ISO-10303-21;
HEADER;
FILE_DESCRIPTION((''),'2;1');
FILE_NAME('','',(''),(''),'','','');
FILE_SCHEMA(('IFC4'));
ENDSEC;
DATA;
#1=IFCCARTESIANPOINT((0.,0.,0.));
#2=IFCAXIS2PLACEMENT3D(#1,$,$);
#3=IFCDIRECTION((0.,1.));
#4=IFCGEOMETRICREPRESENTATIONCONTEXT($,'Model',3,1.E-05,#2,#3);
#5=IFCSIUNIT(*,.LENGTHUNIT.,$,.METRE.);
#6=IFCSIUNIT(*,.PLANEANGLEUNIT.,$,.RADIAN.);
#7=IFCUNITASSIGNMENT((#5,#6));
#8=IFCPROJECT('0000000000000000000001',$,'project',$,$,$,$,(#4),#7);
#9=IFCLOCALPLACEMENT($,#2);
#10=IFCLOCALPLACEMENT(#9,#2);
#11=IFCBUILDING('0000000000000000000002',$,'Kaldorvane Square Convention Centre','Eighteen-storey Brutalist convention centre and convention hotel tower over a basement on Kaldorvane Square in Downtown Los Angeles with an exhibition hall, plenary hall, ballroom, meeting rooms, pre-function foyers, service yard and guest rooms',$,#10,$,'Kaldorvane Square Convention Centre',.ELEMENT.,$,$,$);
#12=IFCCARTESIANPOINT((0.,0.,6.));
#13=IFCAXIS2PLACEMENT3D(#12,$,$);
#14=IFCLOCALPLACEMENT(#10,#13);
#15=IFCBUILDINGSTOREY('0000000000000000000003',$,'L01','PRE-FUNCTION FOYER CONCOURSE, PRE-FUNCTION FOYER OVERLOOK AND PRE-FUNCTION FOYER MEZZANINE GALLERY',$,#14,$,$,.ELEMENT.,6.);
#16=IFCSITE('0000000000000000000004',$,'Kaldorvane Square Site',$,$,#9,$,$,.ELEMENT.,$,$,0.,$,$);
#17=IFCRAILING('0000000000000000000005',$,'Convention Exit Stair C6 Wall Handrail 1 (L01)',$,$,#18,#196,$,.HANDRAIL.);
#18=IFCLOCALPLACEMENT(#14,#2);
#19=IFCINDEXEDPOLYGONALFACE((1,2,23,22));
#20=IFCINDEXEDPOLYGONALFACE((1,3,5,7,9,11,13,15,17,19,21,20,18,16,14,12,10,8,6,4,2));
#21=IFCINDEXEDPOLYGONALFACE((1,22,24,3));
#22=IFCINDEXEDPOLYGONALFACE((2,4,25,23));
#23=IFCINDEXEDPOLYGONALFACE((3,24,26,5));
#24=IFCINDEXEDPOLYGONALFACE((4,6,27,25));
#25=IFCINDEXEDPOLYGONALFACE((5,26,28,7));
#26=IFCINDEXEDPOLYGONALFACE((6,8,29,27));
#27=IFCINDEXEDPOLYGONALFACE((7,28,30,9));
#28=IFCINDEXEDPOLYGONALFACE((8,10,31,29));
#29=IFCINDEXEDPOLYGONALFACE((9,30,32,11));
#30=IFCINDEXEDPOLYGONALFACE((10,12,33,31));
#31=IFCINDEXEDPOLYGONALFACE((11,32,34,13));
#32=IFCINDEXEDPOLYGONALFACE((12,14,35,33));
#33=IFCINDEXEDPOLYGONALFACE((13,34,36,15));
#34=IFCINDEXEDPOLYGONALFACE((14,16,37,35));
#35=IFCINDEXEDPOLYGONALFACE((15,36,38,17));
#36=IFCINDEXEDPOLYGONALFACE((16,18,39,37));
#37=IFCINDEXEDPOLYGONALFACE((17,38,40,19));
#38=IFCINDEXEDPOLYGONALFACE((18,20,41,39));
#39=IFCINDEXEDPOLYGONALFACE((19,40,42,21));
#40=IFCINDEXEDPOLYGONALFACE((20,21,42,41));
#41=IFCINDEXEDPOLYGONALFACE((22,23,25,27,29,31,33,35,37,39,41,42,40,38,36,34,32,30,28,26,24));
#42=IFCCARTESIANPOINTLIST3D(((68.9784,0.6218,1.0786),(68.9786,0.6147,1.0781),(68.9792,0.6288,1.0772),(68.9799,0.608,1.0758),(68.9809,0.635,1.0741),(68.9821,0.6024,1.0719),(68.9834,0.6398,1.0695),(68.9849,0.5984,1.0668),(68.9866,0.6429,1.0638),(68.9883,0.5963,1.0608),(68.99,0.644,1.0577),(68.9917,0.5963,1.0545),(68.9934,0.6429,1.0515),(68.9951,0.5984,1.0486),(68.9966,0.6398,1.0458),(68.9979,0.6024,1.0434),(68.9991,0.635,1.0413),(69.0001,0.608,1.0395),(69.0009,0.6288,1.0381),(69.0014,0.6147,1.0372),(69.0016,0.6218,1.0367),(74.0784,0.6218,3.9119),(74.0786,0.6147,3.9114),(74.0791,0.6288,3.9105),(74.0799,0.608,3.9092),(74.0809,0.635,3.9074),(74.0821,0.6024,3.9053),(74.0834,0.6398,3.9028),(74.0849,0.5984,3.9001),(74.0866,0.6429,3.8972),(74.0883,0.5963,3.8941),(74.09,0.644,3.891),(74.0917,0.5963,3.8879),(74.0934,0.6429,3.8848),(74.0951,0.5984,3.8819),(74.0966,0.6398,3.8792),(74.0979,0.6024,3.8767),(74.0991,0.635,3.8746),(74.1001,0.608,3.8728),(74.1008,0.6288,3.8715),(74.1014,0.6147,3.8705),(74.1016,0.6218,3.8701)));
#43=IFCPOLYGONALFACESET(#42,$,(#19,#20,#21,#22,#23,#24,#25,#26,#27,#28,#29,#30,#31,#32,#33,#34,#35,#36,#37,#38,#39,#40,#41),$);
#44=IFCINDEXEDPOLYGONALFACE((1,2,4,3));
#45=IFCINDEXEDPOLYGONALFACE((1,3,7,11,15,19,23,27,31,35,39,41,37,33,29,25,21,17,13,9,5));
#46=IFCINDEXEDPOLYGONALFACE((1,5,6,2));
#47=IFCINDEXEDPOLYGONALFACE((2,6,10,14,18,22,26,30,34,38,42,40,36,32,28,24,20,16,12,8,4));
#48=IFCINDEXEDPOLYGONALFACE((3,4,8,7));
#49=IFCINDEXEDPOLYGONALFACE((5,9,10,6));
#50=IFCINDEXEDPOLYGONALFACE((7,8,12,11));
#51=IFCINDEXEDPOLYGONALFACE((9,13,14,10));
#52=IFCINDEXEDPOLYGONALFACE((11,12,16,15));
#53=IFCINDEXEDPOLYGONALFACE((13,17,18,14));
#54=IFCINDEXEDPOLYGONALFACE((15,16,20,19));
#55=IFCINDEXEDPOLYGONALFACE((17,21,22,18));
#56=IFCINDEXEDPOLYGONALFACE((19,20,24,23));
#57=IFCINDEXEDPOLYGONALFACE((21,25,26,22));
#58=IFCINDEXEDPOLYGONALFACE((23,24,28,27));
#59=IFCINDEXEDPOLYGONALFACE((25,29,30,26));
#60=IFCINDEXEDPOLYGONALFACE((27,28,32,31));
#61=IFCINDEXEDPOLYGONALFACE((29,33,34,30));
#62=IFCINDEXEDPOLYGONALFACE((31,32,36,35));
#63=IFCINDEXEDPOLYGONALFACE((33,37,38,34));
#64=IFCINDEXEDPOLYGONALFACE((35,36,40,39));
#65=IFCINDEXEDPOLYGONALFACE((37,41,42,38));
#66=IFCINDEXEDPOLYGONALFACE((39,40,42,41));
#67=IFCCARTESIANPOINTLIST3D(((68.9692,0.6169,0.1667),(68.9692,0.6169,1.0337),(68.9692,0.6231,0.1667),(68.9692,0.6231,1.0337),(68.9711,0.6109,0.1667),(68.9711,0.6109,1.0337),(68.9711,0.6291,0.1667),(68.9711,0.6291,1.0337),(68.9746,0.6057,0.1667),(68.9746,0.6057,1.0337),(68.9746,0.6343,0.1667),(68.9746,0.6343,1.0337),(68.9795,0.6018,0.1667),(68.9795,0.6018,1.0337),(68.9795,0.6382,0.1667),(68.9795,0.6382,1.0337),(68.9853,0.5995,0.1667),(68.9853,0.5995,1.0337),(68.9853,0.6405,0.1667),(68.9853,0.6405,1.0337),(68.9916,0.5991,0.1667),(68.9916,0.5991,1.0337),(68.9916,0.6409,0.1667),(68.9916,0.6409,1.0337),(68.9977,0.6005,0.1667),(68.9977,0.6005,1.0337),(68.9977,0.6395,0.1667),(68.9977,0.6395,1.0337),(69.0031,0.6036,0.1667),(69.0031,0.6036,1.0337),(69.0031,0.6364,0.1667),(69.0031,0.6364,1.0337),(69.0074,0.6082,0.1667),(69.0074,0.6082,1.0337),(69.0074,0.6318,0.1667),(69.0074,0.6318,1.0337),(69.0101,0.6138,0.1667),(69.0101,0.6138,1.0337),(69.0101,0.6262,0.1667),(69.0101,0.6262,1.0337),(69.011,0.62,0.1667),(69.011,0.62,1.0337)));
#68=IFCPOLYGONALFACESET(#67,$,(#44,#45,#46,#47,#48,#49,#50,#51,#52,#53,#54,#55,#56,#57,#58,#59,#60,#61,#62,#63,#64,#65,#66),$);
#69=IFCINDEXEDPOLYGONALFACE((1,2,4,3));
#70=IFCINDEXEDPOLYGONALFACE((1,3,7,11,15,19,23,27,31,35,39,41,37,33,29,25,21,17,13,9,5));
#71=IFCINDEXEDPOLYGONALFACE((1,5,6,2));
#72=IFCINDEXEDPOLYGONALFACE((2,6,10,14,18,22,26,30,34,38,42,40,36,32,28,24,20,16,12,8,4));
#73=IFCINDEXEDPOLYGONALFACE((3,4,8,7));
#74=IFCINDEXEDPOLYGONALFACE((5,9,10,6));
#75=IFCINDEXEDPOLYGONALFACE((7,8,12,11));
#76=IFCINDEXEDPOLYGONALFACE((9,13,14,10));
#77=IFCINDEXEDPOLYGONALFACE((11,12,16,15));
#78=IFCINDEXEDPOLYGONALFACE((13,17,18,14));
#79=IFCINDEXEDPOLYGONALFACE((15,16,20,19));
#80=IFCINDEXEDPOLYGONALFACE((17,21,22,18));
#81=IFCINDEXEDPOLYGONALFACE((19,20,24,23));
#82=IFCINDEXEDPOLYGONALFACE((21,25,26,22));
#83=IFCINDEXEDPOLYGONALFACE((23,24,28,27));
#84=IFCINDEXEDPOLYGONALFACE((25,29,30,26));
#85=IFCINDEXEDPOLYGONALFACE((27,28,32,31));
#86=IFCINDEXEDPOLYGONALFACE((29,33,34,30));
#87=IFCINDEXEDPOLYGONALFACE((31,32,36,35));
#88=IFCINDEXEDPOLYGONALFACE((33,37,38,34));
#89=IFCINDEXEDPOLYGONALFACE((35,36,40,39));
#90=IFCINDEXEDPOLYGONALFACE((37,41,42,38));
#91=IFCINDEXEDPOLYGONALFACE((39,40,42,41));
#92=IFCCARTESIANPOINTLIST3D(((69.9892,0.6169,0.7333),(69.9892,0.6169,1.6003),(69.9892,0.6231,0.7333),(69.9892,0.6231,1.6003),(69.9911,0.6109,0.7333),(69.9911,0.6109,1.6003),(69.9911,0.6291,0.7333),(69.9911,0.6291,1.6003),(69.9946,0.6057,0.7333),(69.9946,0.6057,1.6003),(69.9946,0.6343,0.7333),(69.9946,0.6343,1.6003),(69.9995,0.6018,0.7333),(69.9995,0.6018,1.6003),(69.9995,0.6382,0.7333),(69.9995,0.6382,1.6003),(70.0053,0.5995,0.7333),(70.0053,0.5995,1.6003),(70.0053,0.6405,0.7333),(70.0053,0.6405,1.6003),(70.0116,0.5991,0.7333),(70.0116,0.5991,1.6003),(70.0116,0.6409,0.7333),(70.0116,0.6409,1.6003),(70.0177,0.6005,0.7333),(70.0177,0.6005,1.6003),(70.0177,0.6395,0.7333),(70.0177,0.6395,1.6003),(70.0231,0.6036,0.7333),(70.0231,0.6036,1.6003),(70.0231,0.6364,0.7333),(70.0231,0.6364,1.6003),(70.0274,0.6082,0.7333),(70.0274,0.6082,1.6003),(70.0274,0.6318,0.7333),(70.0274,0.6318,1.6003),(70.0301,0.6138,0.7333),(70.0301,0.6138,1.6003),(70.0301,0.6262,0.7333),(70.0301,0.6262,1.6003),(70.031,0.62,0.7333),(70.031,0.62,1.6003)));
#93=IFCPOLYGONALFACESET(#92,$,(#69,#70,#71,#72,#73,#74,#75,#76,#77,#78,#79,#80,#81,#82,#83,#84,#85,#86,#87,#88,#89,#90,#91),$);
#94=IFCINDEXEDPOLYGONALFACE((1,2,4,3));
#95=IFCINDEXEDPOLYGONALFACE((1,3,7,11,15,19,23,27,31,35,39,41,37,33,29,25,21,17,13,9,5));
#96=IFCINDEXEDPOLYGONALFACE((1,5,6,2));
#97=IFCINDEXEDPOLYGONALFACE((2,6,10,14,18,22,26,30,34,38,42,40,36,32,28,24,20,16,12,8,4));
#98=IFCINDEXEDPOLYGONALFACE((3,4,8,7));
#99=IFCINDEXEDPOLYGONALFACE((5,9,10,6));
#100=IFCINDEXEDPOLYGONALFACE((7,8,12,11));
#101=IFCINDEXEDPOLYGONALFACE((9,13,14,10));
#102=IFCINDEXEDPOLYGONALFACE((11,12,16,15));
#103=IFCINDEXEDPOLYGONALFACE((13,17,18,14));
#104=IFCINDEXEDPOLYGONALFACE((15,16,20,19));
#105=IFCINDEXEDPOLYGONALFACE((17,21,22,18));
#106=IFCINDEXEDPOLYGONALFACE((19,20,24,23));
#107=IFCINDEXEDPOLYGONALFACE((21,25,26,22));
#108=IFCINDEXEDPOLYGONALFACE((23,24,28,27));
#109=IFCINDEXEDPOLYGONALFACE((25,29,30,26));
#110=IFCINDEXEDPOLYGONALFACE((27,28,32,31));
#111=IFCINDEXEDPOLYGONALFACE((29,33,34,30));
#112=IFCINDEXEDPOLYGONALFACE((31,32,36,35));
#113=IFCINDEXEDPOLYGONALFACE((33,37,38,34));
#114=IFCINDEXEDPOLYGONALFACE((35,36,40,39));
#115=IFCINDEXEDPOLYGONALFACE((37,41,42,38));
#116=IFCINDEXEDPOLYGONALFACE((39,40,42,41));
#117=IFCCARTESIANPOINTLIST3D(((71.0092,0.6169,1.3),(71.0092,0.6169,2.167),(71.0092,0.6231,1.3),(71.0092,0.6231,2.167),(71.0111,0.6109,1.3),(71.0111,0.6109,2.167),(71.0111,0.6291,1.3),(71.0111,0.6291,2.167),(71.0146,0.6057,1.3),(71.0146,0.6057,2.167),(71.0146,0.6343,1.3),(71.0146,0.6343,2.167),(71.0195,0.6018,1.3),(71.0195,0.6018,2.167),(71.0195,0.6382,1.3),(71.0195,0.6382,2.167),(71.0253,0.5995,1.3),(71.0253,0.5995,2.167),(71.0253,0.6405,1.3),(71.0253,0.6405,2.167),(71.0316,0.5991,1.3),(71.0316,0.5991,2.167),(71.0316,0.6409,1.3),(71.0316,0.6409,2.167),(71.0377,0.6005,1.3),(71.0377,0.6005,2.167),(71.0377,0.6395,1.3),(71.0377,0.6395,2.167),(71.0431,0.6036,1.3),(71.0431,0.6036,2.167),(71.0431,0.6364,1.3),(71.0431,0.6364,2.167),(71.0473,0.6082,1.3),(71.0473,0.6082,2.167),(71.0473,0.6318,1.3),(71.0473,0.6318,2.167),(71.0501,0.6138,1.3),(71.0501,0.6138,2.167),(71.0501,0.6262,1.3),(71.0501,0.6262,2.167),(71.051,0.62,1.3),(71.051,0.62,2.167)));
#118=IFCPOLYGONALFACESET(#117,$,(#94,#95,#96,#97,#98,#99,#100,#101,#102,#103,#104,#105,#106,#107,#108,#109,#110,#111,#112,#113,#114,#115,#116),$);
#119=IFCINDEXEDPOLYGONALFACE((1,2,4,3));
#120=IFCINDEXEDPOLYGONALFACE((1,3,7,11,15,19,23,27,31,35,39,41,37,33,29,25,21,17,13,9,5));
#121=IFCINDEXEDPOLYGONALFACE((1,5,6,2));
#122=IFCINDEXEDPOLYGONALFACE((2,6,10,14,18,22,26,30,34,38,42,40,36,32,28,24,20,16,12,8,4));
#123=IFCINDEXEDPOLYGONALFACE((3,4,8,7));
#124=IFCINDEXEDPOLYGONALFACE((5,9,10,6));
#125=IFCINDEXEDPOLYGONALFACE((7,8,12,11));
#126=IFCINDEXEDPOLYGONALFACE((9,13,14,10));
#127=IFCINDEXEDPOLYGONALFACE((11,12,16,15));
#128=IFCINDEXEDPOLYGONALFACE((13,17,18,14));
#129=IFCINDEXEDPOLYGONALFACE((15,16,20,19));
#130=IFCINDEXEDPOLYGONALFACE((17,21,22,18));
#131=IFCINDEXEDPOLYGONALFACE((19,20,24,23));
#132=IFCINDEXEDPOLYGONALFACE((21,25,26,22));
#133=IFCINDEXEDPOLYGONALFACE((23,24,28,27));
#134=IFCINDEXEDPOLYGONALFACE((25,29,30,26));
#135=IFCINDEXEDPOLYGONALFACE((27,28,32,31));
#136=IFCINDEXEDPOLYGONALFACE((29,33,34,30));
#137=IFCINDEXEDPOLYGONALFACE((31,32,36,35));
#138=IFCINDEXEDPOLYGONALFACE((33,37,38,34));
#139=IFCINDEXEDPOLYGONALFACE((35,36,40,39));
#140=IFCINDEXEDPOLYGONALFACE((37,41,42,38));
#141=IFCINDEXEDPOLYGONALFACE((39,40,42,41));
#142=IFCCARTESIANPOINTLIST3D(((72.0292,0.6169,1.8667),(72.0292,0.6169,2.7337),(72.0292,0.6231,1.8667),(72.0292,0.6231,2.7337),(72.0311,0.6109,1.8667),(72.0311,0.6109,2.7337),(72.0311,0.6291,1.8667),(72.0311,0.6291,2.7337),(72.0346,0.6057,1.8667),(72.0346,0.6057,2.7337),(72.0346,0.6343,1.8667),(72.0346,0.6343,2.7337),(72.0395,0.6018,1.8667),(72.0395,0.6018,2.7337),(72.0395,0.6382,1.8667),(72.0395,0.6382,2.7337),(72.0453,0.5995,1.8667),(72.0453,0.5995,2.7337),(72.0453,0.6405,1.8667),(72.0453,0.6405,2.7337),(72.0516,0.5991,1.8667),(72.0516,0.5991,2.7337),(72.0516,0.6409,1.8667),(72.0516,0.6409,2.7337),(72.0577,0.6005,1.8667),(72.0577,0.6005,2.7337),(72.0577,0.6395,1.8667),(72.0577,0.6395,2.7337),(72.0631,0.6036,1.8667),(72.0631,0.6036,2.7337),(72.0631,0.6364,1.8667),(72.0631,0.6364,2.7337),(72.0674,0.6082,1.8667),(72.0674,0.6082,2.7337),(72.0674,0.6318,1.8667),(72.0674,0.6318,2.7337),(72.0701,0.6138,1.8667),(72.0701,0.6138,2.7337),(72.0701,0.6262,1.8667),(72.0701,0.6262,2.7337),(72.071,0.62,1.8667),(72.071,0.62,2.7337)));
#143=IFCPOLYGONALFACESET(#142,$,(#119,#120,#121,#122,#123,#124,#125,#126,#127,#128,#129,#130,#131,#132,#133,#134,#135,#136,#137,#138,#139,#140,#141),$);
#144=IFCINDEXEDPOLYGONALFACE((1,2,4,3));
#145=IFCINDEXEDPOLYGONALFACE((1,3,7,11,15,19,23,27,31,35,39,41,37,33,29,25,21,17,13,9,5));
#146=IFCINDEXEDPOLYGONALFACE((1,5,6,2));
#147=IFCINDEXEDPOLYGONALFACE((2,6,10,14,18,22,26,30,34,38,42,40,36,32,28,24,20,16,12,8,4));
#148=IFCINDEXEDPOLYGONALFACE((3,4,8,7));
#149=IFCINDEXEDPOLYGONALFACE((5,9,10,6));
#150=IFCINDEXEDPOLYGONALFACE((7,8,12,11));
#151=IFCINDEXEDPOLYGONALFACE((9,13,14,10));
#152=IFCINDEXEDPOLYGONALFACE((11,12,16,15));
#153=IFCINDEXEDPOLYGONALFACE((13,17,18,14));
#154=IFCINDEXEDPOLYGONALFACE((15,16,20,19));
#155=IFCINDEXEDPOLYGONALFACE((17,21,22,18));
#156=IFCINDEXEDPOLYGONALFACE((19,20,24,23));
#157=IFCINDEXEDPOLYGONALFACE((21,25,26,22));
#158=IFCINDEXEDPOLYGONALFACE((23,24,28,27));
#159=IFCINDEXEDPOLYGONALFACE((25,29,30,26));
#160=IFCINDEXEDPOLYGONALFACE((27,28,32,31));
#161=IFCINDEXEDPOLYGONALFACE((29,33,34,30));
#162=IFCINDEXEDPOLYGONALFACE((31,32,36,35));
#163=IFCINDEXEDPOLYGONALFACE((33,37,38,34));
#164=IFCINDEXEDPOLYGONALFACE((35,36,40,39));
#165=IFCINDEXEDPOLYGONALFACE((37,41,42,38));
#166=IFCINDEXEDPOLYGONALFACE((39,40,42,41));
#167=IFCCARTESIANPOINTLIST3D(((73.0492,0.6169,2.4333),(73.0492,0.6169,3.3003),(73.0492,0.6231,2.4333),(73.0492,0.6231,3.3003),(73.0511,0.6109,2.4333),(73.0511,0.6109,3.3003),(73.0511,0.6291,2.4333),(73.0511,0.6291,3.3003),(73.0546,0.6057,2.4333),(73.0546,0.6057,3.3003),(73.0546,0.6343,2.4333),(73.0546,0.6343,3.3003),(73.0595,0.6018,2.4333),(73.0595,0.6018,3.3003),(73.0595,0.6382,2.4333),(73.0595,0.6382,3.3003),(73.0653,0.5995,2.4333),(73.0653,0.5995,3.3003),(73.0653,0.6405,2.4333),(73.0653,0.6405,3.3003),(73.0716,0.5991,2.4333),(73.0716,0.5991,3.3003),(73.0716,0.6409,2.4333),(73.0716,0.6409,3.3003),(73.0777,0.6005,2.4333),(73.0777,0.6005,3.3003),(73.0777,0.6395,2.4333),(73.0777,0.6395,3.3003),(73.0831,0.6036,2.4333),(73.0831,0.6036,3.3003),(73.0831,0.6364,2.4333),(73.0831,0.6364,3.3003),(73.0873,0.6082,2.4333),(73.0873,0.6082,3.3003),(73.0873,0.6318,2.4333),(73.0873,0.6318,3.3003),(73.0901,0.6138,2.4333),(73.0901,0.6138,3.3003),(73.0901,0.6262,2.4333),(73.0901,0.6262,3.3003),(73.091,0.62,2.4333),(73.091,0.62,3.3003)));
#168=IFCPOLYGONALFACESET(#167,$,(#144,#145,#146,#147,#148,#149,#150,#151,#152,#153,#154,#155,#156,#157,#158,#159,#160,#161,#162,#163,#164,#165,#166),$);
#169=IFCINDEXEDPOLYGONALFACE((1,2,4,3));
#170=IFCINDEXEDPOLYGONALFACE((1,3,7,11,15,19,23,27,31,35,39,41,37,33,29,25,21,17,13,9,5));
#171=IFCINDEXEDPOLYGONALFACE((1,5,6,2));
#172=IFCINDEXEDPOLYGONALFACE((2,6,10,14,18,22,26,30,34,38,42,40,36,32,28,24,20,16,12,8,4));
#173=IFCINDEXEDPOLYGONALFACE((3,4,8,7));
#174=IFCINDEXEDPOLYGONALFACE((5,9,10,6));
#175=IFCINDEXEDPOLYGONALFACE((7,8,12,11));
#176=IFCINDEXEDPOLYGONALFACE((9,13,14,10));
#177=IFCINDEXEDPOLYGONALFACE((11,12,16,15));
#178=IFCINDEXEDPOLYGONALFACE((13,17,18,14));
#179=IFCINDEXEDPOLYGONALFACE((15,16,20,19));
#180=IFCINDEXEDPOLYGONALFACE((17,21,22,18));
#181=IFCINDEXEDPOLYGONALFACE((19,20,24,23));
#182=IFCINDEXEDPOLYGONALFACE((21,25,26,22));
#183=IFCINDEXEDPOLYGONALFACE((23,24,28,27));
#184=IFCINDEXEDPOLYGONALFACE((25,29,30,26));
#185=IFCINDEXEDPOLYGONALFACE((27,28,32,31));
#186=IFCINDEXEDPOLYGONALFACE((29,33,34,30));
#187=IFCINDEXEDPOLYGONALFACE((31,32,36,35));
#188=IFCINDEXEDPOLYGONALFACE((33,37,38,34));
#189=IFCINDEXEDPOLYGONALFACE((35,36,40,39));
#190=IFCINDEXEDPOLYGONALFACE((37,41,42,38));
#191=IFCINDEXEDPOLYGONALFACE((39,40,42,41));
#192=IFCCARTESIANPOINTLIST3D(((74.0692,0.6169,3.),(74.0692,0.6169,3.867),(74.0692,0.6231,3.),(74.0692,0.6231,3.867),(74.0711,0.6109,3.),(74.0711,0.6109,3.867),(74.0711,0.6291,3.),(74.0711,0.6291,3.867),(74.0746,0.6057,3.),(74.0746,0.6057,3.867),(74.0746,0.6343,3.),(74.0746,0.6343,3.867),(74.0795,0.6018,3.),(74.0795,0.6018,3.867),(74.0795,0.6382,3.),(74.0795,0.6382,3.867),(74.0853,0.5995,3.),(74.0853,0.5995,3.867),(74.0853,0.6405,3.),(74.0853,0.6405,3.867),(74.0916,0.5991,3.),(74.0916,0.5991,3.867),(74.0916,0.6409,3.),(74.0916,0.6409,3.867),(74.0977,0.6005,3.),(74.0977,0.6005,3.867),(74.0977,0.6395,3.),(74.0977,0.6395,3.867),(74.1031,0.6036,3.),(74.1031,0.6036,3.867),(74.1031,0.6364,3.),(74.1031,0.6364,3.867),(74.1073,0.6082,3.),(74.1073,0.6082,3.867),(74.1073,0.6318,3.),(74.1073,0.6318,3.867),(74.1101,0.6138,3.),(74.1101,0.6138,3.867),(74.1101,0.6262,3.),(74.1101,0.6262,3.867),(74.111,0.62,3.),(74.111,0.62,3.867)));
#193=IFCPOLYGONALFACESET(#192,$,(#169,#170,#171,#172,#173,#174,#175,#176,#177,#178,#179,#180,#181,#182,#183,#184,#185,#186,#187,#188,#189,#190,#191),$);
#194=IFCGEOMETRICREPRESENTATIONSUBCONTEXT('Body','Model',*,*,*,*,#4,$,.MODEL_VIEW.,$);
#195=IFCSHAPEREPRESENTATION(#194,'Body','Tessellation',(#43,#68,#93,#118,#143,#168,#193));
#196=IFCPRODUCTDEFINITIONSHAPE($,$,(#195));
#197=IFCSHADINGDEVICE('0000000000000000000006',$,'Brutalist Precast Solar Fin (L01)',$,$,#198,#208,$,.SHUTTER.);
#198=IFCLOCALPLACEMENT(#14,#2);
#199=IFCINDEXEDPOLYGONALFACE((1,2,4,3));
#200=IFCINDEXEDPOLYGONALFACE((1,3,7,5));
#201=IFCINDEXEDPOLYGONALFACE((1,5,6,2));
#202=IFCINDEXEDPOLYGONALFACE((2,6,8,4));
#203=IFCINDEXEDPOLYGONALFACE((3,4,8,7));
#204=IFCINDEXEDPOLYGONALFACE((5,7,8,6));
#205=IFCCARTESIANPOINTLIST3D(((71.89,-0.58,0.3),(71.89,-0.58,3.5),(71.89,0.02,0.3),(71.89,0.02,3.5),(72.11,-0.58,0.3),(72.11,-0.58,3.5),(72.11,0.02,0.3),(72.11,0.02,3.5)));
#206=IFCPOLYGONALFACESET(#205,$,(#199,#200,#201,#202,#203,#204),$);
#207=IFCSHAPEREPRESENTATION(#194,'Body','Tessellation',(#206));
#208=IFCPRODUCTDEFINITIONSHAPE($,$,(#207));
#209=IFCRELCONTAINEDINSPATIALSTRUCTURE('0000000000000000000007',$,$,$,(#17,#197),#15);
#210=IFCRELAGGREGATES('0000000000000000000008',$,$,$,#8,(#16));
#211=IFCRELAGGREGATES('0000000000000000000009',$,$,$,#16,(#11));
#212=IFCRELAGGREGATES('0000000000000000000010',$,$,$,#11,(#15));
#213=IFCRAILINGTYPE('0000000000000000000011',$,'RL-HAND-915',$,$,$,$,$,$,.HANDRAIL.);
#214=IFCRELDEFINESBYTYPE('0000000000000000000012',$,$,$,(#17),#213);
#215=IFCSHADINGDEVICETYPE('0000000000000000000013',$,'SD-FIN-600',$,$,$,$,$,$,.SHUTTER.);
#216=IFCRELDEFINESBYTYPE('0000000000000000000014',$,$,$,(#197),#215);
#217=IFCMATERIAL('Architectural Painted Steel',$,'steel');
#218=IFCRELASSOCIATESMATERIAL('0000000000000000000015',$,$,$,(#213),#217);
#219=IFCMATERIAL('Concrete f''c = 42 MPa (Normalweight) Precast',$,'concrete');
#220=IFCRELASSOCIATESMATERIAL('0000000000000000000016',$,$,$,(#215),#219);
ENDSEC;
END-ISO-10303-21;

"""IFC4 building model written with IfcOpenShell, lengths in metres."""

from ifc_helpers import new_model, si_unit, direction, frame, origin, origin_2d, place, context, subcontext, project, spatial, rectangle, circle, extrude, material, type_object, element, save


model = new_model("IFC4")

# Units and contexts
model_context = context("Model", 3, precision=1e-05, world=origin(), true_north=direction((0.0, 1.0)))
body_context = subcontext(model_context, "Body", "Model", "MODEL_VIEW")
ifc_project = project(units=[si_unit("LENGTHUNIT", "METRE"), si_unit("PLANEANGLEUNIT", "RADIAN")], contexts=[model_context])

# Site, building, storey
site_placement = place(None, origin())
site = spatial("IfcSite", under=ifc_project, at=site_placement, Name="Kaldorvane Square Site", CompositionType="ELEMENT", RefElevation=0.0)
building_placement = place(site_placement, origin())
building = spatial("IfcBuilding", under=site, at=building_placement, Name="Kaldorvane Square Convention Centre", Description="Eighteen-storey Brutalist convention centre and convention hotel tower over a basement on Kaldorvane Square in Downtown Los Angeles with an exhibition hall, plenary hall, ballroom, meeting rooms, pre-function foyers, service yard and guest rooms", LongName="Kaldorvane Square Convention Centre", CompositionType="ELEMENT")
storey_placement = place(building_placement, frame((0.0, 0.0, 6.0)))
storey = spatial("IfcBuildingStorey", under=building, at=storey_placement, Name="L01", Description="PRE-FUNCTION FOYER CONCOURSE, PRE-FUNCTION FOYER OVERLOOK AND PRE-FUNCTION FOYER MEZZANINE GALLERY", CompositionType="ELEMENT", Elevation=6.0)

# Shared definitions
ifc_material_1 = material(Name="Concrete f'c = 42 MPa (Normalweight) Precast", Category="concrete")

# Railing
ifc_material_2 = material(Name="Architectural Painted Steel", Category="steel")
railing_type_1 = type_object("IfcRailingType", Name="RL-HAND-915", PredefinedType="HANDRAIL", material=ifc_material_2)
railing_1_placement = place(storey_placement, frame((68.99, 0.62, 0.1667)))
element("IfcRailing", 1, at=railing_1_placement, inside=storey, type_object=railing_type_1, Name="Convention Exit Stair C6 Wall Handrail 1 (L01)", PredefinedType="HANDRAIL", context=body_context, shape_type="SweptSolid", body=[
    extrude(circle(Radius=0.024, at=origin_2d()), frame((0.0, 0.0, 0.891), z_axis=(0.874157, 0.0, 0.485643), x_axis=(0.0, 1.0, 0.0)), (0.0, 0.0, 1.0), 5.8342),
    extrude(circle(Radius=0.021, at=origin_2d()), origin(), (0.0, 0.0, 1.0), 0.867),
    extrude(circle(Radius=0.021, at=origin_2d()), frame((1.02, 0.0, 0.5667)), (0.0, 0.0, 1.0), 0.867),
    extrude(circle(Radius=0.021, at=origin_2d()), frame((2.04, 0.0, 1.1333)), (0.0, 0.0, 1.0), 0.867),
    extrude(circle(Radius=0.021, at=origin_2d()), frame((3.06, 0.0, 1.7)), (0.0, 0.0, 1.0), 0.867),
    extrude(circle(Radius=0.021, at=origin_2d()), frame((4.08, 0.0, 2.2667)), (0.0, 0.0, 1.0), 0.867),
    extrude(circle(Radius=0.021, at=origin_2d()), frame((5.1, 0.0, 2.8333)), (0.0, 0.0, 1.0), 0.867),
])

# Shading device
shading_device_type = type_object("IfcShadingDeviceType", Name="SD-FIN-600", PredefinedType="SHUTTER", material=ifc_material_1)
shading_device_placement = place(storey_placement, frame((72.0, -0.28, 0.3), z_axis=(0.0, 0.0, 1.0), x_axis=(1.0, 0.0, 0.0)))
element("IfcShadingDevice", 2, at=shading_device_placement, inside=storey, type_object=shading_device_type, Name="Brutalist Precast Solar Fin (L01)", PredefinedType="SHUTTER", context=body_context, shape_type="SweptSolid", body=[
    extrude(rectangle(XDim=0.22, YDim=0.6, at=origin_2d()), origin(), (0.0, 0.0, 1.0), 3.2),
])

save(model, "model.ifc")
